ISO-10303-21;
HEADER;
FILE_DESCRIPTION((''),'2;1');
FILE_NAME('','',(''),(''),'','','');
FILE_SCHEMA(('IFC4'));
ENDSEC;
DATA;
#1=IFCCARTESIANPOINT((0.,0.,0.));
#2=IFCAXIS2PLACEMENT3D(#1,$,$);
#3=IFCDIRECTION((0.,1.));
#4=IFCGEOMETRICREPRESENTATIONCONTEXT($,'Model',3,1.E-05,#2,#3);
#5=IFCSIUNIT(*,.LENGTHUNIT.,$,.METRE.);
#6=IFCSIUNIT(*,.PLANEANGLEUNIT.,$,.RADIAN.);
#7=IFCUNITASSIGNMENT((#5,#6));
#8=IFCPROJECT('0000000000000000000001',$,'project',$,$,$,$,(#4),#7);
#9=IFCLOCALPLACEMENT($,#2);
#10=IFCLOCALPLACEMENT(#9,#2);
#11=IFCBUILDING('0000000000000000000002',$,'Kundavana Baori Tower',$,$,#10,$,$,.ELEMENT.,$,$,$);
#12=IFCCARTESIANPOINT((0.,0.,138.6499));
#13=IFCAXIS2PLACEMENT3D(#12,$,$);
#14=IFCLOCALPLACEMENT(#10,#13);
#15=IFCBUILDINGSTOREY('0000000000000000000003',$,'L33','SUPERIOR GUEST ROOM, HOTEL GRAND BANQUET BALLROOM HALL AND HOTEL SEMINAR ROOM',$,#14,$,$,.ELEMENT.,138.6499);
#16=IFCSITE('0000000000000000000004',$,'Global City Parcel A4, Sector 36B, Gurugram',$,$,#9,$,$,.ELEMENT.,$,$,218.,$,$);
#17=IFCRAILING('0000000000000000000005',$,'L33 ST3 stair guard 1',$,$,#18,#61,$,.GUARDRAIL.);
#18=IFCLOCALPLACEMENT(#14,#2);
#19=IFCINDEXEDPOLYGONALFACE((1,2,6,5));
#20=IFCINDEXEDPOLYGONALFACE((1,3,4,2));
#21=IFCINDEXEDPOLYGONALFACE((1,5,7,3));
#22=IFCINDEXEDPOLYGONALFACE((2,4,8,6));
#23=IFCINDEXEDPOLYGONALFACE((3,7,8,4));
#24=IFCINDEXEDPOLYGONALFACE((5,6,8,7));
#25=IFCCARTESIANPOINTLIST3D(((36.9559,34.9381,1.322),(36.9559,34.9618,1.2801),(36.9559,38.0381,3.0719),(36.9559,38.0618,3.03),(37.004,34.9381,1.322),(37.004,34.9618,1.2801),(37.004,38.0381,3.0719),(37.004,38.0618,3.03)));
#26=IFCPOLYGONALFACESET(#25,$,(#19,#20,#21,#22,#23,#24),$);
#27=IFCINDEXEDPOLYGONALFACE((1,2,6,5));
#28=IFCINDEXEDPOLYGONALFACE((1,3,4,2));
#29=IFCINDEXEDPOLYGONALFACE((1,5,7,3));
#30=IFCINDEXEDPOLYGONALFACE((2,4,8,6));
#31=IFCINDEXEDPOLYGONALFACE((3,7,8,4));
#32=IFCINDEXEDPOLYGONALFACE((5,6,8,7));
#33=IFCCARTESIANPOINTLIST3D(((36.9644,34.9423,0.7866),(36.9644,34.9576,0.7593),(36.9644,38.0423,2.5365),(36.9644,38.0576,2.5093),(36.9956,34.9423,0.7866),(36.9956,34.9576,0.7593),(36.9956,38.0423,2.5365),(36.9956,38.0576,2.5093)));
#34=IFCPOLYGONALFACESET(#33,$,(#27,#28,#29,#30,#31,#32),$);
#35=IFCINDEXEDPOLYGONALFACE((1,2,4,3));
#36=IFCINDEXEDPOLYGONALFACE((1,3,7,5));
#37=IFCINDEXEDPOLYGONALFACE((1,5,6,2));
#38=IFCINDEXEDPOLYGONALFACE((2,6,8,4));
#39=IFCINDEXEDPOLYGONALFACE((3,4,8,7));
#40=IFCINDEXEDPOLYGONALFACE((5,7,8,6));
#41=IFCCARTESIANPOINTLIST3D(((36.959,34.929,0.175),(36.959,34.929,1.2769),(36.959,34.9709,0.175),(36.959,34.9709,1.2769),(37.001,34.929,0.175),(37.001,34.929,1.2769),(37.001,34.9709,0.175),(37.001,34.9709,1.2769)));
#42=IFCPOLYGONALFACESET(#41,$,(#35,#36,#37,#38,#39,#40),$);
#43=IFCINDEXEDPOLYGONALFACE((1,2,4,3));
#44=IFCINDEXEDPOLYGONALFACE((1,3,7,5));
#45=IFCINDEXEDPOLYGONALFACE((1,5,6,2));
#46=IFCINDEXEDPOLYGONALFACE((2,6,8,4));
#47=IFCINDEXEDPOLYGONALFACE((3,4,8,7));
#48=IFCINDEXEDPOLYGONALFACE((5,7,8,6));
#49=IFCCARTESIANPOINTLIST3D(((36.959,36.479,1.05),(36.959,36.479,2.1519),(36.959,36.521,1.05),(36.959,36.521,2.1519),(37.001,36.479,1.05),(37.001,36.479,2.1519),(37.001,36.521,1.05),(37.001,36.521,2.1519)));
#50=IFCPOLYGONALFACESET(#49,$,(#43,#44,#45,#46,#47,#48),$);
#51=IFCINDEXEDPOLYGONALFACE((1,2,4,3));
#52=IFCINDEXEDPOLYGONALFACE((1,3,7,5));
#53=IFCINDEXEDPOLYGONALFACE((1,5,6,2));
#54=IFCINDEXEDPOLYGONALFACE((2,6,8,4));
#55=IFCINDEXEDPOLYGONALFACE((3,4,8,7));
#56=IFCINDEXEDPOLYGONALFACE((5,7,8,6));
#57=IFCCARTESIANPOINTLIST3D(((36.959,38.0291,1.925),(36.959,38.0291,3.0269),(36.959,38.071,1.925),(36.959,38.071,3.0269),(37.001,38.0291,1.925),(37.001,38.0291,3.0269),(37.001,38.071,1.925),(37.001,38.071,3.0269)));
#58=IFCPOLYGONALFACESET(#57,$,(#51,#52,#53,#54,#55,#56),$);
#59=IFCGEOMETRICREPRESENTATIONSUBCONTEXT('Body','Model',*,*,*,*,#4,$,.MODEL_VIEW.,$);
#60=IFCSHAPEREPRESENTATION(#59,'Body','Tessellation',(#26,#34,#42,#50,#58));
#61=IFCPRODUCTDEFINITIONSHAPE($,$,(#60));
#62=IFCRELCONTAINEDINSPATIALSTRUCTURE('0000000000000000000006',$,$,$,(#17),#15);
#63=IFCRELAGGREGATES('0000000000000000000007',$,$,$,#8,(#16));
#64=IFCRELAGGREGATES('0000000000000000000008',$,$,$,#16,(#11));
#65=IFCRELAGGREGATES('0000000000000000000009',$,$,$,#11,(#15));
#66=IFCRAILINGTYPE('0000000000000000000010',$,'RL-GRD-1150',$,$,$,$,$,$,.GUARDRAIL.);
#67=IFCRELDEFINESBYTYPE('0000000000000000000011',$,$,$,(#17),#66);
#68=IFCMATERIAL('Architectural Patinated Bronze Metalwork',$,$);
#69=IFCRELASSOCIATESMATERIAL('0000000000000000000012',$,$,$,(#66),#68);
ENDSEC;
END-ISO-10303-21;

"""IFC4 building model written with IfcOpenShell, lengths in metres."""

from ifc_helpers import new_model, si_unit, direction, frame, origin, origin_2d, place, context, subcontext, project, spatial, rectangle, extrude, material, type_object, element, save


model = new_model("IFC4")

# Units and contexts
model_context = context("Model", 3, precision=1e-05, world=origin(), true_north=direction((0.0, 1.0)))
body_context = subcontext(model_context, "Body", "Model", "MODEL_VIEW")
ifc_project = project(units=[si_unit("LENGTHUNIT", "METRE"), si_unit("PLANEANGLEUNIT", "RADIAN")], contexts=[model_context])

# Site, building, storey
site_placement = place(None, origin())
site = spatial("IfcSite", under=ifc_project, at=site_placement, Name="Global City Parcel A4, Sector 36B, Gurugram", CompositionType="ELEMENT", RefElevation=218.0)
building_placement = place(site_placement, origin())
building = spatial("IfcBuilding", under=site, at=building_placement, Name="Kundavana Baori Tower", CompositionType="ELEMENT")
storey_placement = place(building_placement, frame((0.0, 0.0, 138.6499)))
storey = spatial("IfcBuildingStorey", under=building, at=storey_placement, Name="L33", Description="SUPERIOR GUEST ROOM, HOTEL GRAND BANQUET BALLROOM HALL AND HOTEL SEMINAR ROOM", CompositionType="ELEMENT", Elevation=138.6499)

# Railing
ifc_material_1 = material(Name="Architectural Patinated Bronze Metalwork")
railing_type = type_object("IfcRailingType", Name="RL-GRD-1150", PredefinedType="GUARDRAIL", material=ifc_material_1)
railing_placement = place(storey_placement, frame((36.98, 34.95, 0.175)))
element("IfcRailing", 1, at=railing_placement, inside=storey, type_object=railing_type, Name="L33 ST3 stair guard 1", PredefinedType="GUARDRAIL", context=body_context, shape_type="SweptSolid", body=[
    extrude(rectangle(XDim=0.0481, YDim=0.0481, at=origin_2d()), frame((0.0, 0.0, 1.126), z_axis=(0.0, 0.870831, 0.491583), x_axis=(-1.0, 0.0, 0.0)), (0.0, 0.0, 1.0), 3.5598),
    extrude(rectangle(XDim=0.0312, YDim=0.0312, at=origin_2d()), frame((0.0, 0.0, 0.5979), z_axis=(0.0, 0.870831, 0.491583), x_axis=(-1.0, 0.0, 0.0)), (0.0, 0.0, 1.0), 3.5598),
    extrude(rectangle(XDim=0.042, YDim=0.042, at=origin_2d()), origin(), (0.0, 0.0, 1.0), 1.1018),
    extrude(rectangle(XDim=0.042, YDim=0.042, at=origin_2d()), frame((0.0, 1.55, 0.875)), (0.0, 0.0, 1.0), 1.1018),
    extrude(rectangle(XDim=0.042, YDim=0.042, at=origin_2d()), frame((0.0, 3.1001, 1.75)), (0.0, 0.0, 1.0), 1.1018),
])

save(model, "model.ifc")
